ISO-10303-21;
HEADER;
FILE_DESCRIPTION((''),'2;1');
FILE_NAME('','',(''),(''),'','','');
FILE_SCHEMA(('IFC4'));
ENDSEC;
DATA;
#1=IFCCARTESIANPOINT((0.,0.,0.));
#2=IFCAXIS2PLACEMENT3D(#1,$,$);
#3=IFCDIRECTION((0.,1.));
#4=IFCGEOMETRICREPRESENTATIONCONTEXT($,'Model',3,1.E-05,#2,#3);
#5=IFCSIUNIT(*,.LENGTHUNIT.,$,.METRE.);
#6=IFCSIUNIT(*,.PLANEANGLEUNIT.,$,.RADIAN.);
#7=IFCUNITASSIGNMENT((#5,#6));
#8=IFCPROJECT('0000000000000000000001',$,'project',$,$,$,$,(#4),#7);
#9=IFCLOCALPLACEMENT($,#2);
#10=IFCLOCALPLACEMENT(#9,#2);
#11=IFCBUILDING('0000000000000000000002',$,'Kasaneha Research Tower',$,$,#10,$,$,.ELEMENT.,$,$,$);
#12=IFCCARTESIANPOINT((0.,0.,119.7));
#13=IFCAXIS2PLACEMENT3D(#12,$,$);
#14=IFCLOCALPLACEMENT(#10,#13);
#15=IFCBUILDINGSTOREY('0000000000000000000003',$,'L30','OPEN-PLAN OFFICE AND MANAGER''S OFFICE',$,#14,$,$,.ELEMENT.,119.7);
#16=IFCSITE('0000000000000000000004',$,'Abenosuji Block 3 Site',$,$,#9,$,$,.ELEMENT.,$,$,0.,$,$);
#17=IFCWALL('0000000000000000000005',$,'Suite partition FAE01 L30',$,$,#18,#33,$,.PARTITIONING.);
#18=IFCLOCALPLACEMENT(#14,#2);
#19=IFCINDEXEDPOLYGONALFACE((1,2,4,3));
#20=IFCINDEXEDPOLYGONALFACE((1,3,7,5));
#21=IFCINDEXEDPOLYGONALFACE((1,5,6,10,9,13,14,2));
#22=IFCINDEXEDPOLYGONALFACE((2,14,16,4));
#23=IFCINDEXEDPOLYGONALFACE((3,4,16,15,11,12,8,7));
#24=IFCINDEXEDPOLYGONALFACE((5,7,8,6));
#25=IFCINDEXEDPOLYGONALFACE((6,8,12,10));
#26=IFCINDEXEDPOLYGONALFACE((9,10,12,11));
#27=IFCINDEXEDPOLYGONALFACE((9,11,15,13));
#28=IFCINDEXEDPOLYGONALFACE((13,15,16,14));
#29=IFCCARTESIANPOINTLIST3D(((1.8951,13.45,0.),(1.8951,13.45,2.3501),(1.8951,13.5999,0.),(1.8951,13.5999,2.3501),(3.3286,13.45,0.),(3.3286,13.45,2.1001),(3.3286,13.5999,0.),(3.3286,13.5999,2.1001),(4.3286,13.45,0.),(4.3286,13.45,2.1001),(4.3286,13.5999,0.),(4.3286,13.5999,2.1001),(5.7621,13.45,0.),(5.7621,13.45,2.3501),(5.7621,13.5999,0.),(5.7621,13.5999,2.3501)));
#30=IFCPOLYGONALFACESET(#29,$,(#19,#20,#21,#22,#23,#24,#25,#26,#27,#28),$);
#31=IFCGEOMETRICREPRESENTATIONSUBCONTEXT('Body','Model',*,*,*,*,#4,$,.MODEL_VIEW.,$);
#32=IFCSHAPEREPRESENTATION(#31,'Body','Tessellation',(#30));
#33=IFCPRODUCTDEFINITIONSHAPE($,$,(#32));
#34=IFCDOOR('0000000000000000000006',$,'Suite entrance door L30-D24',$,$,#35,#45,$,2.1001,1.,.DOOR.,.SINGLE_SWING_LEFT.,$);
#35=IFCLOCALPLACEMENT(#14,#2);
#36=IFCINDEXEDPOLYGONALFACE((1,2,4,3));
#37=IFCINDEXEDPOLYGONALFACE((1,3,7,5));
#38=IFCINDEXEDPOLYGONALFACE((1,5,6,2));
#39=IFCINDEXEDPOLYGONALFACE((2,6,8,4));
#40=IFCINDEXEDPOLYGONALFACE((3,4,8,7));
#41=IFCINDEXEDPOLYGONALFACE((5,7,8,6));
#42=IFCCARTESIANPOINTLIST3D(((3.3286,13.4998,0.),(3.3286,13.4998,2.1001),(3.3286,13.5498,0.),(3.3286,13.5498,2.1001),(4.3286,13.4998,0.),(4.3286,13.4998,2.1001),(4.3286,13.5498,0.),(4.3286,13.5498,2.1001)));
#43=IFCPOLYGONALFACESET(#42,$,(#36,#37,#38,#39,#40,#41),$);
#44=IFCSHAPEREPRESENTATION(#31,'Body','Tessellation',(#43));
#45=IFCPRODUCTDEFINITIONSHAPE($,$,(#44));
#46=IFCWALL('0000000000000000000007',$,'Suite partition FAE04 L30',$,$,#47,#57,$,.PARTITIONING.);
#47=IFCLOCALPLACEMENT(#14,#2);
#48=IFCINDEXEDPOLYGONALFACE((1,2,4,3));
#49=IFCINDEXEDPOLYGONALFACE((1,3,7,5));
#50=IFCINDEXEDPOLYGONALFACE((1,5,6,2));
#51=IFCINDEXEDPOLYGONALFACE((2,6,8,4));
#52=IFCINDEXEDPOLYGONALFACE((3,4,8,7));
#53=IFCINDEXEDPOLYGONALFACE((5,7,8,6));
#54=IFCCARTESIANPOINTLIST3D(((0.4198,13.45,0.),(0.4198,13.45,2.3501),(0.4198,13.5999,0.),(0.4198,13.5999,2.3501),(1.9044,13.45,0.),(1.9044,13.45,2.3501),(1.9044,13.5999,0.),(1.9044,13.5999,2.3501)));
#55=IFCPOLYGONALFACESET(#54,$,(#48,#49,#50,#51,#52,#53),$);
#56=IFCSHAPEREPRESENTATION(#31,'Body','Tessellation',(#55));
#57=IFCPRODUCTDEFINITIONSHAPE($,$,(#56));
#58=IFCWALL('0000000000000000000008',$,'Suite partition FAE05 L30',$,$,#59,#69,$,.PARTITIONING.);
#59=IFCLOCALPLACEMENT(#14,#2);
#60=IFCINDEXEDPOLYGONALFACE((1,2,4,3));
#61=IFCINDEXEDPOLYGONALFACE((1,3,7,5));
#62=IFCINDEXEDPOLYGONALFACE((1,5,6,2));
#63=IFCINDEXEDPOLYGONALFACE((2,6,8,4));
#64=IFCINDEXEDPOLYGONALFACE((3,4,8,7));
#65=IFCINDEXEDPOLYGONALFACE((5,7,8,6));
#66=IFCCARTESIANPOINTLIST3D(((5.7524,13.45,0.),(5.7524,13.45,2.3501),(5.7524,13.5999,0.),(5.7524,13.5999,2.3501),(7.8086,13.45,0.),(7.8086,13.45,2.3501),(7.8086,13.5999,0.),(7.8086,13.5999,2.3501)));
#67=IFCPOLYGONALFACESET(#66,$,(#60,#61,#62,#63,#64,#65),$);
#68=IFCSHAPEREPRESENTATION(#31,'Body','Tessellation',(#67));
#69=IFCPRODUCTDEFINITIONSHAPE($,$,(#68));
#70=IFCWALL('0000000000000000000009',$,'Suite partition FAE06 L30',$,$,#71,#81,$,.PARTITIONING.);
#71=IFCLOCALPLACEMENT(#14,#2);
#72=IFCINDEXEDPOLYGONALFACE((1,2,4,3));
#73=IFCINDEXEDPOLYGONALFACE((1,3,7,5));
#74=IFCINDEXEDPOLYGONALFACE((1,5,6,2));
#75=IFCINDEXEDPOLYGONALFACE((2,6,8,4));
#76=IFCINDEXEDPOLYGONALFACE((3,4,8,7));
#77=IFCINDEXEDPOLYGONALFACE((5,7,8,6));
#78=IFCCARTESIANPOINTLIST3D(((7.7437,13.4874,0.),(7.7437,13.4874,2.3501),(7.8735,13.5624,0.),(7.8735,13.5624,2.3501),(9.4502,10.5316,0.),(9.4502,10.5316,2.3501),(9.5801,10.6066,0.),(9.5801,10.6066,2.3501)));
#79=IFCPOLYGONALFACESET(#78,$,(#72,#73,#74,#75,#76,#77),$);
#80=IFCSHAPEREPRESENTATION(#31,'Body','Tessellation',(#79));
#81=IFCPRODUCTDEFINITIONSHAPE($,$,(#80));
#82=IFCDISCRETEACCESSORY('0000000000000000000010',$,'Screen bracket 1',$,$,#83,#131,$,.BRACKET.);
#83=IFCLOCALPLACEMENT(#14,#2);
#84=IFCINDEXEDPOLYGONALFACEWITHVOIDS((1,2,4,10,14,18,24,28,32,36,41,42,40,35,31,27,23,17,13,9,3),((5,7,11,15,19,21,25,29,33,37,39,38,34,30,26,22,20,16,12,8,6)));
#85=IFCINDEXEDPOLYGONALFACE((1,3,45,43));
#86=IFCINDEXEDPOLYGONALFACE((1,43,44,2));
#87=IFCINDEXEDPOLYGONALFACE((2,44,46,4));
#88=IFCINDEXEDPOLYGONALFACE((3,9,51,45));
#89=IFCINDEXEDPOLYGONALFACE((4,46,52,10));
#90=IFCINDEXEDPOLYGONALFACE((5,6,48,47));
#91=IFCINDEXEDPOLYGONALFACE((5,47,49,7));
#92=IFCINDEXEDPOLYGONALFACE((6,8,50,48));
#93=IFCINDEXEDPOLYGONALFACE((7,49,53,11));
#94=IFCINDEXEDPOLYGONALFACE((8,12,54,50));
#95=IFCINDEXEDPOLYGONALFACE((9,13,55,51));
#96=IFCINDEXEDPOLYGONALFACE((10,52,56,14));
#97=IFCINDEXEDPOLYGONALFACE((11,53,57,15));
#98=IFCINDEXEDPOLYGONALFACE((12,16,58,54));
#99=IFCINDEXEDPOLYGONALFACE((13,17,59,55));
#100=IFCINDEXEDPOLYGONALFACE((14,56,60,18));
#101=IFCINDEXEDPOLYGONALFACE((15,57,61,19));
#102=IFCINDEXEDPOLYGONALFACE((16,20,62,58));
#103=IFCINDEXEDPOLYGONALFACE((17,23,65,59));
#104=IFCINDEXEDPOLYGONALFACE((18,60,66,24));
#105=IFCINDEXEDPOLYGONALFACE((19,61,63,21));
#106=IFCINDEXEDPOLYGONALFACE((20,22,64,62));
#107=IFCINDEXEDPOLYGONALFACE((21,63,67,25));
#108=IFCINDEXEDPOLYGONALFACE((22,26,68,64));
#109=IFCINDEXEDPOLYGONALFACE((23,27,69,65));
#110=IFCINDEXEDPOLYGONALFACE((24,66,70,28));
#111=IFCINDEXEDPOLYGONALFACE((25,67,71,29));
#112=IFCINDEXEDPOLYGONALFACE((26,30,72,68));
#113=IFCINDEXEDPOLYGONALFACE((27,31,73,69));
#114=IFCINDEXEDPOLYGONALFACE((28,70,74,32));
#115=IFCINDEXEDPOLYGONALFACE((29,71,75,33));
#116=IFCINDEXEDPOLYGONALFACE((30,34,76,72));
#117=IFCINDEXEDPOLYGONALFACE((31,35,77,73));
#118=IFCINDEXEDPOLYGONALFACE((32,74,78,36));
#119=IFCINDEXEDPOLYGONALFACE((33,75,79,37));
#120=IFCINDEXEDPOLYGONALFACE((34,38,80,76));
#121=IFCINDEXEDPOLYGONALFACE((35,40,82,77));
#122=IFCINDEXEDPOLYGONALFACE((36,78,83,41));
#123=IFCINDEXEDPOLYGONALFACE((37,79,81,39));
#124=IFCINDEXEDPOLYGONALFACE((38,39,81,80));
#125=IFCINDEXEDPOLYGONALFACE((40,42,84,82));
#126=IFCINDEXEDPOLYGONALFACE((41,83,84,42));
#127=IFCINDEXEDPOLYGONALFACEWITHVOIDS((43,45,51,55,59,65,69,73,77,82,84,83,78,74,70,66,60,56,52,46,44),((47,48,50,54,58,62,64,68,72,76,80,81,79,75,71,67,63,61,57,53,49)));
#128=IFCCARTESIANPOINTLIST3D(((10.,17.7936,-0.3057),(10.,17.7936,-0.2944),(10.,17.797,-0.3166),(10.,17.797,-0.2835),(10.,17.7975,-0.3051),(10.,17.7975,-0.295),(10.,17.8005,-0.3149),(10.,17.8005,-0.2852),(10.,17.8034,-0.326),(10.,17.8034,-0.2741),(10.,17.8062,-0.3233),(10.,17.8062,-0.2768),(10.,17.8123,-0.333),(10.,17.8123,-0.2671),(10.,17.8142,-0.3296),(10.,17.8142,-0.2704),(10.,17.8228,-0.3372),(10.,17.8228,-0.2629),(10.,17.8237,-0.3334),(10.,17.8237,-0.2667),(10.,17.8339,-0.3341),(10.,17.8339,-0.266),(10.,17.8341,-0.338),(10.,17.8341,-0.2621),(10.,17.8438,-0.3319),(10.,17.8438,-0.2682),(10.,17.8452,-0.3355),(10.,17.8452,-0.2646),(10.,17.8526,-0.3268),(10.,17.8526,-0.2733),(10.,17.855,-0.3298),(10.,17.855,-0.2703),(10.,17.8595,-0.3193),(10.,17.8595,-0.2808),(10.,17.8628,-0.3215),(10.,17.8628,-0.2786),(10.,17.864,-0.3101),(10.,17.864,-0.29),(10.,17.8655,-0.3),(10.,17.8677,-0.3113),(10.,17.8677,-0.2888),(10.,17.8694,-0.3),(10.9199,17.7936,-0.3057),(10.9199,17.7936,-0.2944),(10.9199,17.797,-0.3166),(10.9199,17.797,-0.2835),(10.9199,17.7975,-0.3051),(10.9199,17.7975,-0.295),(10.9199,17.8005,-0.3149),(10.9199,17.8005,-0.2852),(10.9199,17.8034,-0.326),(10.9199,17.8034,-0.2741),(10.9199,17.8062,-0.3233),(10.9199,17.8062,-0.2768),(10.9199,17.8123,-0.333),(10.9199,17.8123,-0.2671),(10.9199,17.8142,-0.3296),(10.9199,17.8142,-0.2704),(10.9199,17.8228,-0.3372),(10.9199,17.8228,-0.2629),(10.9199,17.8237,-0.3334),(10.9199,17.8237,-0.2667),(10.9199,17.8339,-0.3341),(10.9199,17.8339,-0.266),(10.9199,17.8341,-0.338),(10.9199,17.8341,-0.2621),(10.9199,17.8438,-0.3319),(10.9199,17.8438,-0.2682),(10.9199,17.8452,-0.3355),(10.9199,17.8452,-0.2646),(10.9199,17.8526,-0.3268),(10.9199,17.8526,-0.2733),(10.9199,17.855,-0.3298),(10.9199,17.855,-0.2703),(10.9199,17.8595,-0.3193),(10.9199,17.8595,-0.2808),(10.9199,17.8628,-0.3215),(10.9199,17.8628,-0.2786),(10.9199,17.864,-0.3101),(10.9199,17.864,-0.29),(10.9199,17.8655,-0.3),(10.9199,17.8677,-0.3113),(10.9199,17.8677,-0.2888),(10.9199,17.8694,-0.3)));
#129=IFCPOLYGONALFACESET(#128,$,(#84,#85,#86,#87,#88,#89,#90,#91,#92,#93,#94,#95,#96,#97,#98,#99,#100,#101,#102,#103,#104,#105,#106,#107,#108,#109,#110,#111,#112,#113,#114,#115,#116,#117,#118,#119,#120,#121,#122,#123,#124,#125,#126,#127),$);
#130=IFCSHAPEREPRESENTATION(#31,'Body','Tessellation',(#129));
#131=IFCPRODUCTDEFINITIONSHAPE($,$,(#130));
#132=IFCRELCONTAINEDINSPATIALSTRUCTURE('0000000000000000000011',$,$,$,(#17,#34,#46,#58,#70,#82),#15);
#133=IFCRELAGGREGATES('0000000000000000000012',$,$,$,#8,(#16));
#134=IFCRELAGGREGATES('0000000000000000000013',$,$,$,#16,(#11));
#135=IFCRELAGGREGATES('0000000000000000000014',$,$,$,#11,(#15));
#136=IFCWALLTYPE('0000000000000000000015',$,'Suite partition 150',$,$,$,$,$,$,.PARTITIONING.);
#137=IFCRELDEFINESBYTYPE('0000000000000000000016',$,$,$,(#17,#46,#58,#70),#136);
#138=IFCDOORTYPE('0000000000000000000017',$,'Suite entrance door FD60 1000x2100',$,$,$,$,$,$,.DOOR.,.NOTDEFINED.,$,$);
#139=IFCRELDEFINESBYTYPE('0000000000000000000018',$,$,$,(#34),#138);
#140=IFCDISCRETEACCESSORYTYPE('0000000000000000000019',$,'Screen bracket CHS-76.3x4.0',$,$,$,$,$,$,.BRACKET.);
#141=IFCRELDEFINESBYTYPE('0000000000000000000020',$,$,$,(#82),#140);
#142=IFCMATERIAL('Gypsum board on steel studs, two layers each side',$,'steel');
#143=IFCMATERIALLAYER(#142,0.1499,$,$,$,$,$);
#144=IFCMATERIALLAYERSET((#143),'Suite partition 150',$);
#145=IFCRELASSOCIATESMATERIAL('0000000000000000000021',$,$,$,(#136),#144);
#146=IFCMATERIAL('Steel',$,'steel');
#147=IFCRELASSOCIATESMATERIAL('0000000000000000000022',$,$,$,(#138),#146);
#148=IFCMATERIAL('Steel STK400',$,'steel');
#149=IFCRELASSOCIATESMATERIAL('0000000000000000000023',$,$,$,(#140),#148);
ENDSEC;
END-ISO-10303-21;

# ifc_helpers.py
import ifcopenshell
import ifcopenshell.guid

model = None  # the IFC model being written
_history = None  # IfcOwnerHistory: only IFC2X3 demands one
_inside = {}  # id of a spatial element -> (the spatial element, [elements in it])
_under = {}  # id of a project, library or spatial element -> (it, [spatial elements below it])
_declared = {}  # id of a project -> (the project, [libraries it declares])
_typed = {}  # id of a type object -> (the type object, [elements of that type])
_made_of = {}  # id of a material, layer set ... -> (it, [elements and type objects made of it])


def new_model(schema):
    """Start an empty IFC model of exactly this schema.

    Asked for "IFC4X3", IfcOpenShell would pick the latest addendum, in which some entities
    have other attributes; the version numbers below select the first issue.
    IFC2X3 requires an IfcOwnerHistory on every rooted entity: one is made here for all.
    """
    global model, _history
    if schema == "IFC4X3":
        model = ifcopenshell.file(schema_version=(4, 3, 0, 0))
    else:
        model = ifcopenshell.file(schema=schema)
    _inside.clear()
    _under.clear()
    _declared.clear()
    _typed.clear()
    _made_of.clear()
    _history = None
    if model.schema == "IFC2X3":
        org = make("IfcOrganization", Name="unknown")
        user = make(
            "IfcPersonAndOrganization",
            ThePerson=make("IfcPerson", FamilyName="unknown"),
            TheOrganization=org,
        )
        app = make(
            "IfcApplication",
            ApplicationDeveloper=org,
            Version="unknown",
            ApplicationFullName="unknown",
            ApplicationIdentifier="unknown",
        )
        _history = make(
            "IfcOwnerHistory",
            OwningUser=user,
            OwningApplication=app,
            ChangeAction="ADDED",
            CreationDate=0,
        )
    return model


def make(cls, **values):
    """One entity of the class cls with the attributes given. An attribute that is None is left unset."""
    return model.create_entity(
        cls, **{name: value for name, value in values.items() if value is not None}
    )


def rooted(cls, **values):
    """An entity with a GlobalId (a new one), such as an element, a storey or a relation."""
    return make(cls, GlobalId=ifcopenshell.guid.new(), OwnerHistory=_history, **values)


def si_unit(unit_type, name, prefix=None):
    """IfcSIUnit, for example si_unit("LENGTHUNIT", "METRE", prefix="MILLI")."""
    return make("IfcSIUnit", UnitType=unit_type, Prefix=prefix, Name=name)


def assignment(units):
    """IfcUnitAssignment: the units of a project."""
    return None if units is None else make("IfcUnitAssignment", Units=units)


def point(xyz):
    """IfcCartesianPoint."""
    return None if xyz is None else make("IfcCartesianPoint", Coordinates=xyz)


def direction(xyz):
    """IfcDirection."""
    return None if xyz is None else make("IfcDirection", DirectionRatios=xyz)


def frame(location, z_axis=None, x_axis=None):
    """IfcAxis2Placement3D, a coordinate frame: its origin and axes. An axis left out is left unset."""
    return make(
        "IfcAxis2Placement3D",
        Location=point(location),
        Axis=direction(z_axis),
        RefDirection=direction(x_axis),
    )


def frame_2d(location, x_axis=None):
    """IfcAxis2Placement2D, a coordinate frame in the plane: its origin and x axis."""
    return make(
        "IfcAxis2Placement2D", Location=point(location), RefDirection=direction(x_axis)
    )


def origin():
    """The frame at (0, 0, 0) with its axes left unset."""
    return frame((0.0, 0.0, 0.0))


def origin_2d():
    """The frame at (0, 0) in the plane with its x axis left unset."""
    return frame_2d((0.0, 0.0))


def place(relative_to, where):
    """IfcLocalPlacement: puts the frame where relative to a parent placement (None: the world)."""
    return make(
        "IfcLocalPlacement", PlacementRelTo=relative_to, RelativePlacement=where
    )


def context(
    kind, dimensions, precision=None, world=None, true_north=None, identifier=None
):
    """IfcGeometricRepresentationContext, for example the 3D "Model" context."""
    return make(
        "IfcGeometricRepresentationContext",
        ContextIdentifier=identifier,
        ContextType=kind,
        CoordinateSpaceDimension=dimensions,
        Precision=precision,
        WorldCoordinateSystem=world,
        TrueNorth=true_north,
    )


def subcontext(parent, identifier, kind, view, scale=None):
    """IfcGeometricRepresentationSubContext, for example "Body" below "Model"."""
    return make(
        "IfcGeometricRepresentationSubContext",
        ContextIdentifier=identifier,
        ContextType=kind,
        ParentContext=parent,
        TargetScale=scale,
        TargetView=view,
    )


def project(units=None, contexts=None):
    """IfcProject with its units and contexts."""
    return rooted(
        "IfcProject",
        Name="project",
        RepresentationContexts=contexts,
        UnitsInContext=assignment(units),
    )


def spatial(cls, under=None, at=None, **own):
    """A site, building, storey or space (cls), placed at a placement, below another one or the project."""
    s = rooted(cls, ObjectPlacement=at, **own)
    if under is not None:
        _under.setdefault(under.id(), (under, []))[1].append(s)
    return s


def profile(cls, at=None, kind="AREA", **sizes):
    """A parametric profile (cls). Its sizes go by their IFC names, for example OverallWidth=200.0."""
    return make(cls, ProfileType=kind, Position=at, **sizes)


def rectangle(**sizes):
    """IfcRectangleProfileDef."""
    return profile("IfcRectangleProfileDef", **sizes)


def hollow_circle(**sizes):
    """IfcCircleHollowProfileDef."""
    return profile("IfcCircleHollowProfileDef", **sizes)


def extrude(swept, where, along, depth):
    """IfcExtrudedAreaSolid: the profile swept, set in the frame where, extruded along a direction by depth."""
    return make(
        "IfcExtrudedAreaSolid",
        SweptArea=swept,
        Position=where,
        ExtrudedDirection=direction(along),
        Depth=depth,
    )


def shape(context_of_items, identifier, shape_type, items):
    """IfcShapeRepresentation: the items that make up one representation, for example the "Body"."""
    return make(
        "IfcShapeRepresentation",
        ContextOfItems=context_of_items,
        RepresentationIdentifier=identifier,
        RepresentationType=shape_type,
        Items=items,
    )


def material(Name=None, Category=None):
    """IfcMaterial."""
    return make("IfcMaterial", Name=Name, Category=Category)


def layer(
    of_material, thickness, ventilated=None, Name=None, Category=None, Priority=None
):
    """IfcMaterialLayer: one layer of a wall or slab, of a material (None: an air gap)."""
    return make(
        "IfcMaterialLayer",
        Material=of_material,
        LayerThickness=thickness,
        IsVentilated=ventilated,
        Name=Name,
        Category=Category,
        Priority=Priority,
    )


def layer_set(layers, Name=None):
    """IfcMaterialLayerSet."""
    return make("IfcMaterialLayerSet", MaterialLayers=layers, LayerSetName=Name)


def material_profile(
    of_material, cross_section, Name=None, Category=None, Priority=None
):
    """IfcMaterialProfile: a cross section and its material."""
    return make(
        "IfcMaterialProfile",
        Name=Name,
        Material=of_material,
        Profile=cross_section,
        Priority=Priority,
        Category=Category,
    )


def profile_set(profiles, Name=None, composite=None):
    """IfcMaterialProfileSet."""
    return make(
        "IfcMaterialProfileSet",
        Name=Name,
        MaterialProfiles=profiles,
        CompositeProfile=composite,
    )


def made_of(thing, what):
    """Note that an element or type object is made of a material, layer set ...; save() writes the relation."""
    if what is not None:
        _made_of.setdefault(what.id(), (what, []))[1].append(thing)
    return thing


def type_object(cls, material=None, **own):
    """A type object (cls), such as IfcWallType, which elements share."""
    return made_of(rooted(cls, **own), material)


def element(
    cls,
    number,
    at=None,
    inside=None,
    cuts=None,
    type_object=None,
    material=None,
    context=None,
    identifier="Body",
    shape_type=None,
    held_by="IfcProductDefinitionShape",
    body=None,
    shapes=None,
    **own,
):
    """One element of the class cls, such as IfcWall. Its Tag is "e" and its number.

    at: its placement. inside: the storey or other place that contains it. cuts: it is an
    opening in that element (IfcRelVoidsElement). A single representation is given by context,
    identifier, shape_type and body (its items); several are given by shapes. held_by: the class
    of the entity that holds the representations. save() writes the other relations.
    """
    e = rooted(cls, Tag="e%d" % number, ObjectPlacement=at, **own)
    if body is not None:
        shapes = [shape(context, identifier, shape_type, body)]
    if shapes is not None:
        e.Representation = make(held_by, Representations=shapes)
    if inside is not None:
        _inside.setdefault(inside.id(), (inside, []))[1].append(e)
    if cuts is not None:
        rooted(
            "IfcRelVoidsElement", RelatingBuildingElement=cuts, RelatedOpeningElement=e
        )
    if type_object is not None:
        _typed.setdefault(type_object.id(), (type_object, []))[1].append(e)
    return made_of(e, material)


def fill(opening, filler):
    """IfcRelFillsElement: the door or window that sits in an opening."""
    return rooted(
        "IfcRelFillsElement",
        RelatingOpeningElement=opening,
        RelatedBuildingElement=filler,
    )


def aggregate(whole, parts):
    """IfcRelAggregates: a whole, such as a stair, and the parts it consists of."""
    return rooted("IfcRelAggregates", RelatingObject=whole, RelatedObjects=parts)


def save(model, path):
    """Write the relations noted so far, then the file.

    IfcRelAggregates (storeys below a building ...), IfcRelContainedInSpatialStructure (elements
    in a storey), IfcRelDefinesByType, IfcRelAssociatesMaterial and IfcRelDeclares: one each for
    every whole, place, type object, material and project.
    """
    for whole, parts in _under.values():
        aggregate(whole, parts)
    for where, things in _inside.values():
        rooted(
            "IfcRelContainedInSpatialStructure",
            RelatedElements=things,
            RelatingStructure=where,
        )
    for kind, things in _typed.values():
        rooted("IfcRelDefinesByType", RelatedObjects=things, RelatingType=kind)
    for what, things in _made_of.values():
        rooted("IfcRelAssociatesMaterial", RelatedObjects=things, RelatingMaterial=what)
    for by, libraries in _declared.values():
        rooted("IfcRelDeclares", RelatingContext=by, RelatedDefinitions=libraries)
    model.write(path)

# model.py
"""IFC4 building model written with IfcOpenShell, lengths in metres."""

from ifc_helpers import new_model, si_unit, direction, frame, frame_2d, origin, origin_2d, place, context, subcontext, project, spatial, rectangle, hollow_circle, extrude, material, layer, layer_set, material_profile, profile_set, type_object, element, fill, save


model = new_model("IFC4")

# Units and contexts
model_context = context("Model", 3, precision=1e-05, world=origin(), true_north=direction((0.0, 1.0)))
body_context = subcontext(model_context, "Body", "Model", "MODEL_VIEW")
ifc_project = project(units=[si_unit("LENGTHUNIT", "METRE"), si_unit("PLANEANGLEUNIT", "RADIAN")], contexts=[model_context])

# Site, building, storey
site_placement = place(None, origin())
site = spatial("IfcSite", under=ifc_project, at=site_placement, Name="Abenosuji Block 3 Site", CompositionType="ELEMENT", RefElevation=0.0)
building_placement = place(site_placement, origin())
building = spatial("IfcBuilding", under=site, at=building_placement, Name="Kasaneha Research Tower", CompositionType="ELEMENT")
storey_placement = place(building_placement, frame((0.0, 0.0, 119.7)))
storey = spatial("IfcBuildingStorey", under=building, at=storey_placement, Name="L30", Description="OPEN-PLAN OFFICE AND MANAGER'S OFFICE", CompositionType="ELEMENT", Elevation=119.7)

# Wall, opening, door
ifc_material_1 = material(Name="Gypsum board on steel studs, two layers each side", Category="steel")
ifc_layer_1 = layer(ifc_material_1, 0.1499)
ifc_layer_set_1 = layer_set([ifc_layer_1], Name="Suite partition 150")
wall_type_1 = type_object("IfcWallType", Name="Suite partition 150", PredefinedType="PARTITIONING", material=ifc_layer_set_1)
wall_1_placement = place(storey_placement, frame((1.895, 13.5249, 0.0), z_axis=(0.0, 0.0, 1.0), x_axis=(1.0, 0.0, 0.0)))
wall_1 = element("IfcWall", 1, at=wall_1_placement, inside=storey, type_object=wall_type_1, Name="Suite partition FAE01 L30", PredefinedType="PARTITIONING", context=body_context, shape_type="SweptSolid", body=[
    extrude(rectangle(XDim=3.8669, YDim=0.1499, at=frame_2d((1.9336, 0.0))), origin(), (0.0, 0.0, 1.0), 2.3501),
])
opening_1_placement = place(wall_1_placement, frame((1.4336, 0.0, 0.0)))
opening_1 = element("IfcOpeningElement", 2, at=opening_1_placement, cuts=wall_1, PredefinedType="OPENING", context=body_context, shape_type="SweptSolid", body=[
    extrude(rectangle(XDim=1.0, YDim=2.1001, at=frame_2d((0.5, 1.05))), frame((0.0, 0.085, 0.0), z_axis=(0.0, -1.0, 0.0), x_axis=(1.0, 0.0, 0.0)), (0.0, 0.0, 1.0), 0.1699),
])
ifc_material_2 = material(Name="Steel", Category="steel")
door_type_1 = type_object("IfcDoorType", Name="Suite entrance door FD60 1000x2100", OperationType="NOTDEFINED", PredefinedType="DOOR", material=ifc_material_2)
door_1_placement = place(opening_1_placement, origin())
door_1 = element("IfcDoor", 3, at=door_1_placement, inside=storey, type_object=door_type_1, Name="Suite entrance door L30-D24", OperationType="SINGLE_SWING_LEFT", OverallHeight=2.1001, OverallWidth=1.0, PredefinedType="DOOR", context=body_context, shape_type="SweptSolid", body=[
    extrude(rectangle(XDim=1.0, YDim=2.1001, at=frame_2d((0.5, 1.05))), frame((0.0, 0.0249, 0.0), z_axis=(0.0, -1.0, 0.0), x_axis=(1.0, 0.0, 0.0)), (0.0, 0.0, 1.0), 0.05),
])
fill(opening_1, door_1)

# Walls
wall_2_placement = place(storey_placement, frame((0.4199, 13.5249, 0.0), z_axis=(0.0, 0.0, 1.0), x_axis=(1.0, 0.0, 0.0)))
element("IfcWall", 4, at=wall_2_placement, inside=storey, type_object=wall_type_1, Name="Suite partition FAE04 L30", PredefinedType="PARTITIONING", context=body_context, shape_type="SweptSolid", body=[
    extrude(rectangle(XDim=1.4846, YDim=0.1499, at=frame_2d((0.7422, 0.0))), origin(), (0.0, 0.0, 1.0), 2.3501),
])
wall_3_placement = place(storey_placement, frame((5.7524, 13.5249, 0.0), z_axis=(0.0, 0.0, 1.0), x_axis=(1.0, 0.0, 0.0)))
element("IfcWall", 5, at=wall_3_placement, inside=storey, type_object=wall_type_1, Name="Suite partition FAE05 L30", PredefinedType="PARTITIONING", context=body_context, shape_type="SweptSolid", body=[
    extrude(rectangle(XDim=2.0562, YDim=0.1499, at=frame_2d((1.0281, 0.0))), origin(), (0.0, 0.0, 1.0), 2.3501),
])
wall_4_placement = place(storey_placement, frame((7.8086, 13.5249, 0.0), z_axis=(0.0, 0.0, 1.0), x_axis=(0.500001, -0.866025, 0.0)))
element("IfcWall", 6, at=wall_4_placement, inside=storey, type_object=wall_type_1, Name="Suite partition FAE06 L30", PredefinedType="PARTITIONING", context=body_context, shape_type="SweptSolid", body=[
    extrude(rectangle(XDim=3.4131, YDim=0.1499, at=frame_2d((1.7065, 0.0))), origin(), (0.0, 0.0, 1.0), 2.3501),
])

# Discrete accessory
ifc_material_3 = material(Name="Steel STK400", Category="steel")
ifc_material_profile_1 = material_profile(ifc_material_3, hollow_circle(Radius=0.0381, WallThickness=0.0039, at=origin_2d()), Name="CHS-76.3x4.0")
ifc_profile_set_1 = profile_set([ifc_material_profile_1], Name="Steel STK400")
discrete_accessory_type = type_object("IfcDiscreteAccessoryType", Name="Screen bracket CHS-76.3x4.0", PredefinedType="BRACKET", material=ifc_profile_set_1)
discrete_accessory_placement = place(storey_placement, frame((10.0, 17.8313, -0.3), z_axis=(1.0, 0.0, 0.0), x_axis=(0.0, 1.0, 0.0)))
element("IfcDiscreteAccessory", 7, at=discrete_accessory_placement, inside=storey, type_object=discrete_accessory_type, Name="Screen bracket 1", PredefinedType="BRACKET", context=body_context, shape_type="SweptSolid", body=[
    extrude(hollow_circle(Radius=0.0381, WallThickness=0.0039, at=origin_2d()), origin(), (0.0, 0.0, 1.0), 0.9199),
])

save(model, "model.ifc")
